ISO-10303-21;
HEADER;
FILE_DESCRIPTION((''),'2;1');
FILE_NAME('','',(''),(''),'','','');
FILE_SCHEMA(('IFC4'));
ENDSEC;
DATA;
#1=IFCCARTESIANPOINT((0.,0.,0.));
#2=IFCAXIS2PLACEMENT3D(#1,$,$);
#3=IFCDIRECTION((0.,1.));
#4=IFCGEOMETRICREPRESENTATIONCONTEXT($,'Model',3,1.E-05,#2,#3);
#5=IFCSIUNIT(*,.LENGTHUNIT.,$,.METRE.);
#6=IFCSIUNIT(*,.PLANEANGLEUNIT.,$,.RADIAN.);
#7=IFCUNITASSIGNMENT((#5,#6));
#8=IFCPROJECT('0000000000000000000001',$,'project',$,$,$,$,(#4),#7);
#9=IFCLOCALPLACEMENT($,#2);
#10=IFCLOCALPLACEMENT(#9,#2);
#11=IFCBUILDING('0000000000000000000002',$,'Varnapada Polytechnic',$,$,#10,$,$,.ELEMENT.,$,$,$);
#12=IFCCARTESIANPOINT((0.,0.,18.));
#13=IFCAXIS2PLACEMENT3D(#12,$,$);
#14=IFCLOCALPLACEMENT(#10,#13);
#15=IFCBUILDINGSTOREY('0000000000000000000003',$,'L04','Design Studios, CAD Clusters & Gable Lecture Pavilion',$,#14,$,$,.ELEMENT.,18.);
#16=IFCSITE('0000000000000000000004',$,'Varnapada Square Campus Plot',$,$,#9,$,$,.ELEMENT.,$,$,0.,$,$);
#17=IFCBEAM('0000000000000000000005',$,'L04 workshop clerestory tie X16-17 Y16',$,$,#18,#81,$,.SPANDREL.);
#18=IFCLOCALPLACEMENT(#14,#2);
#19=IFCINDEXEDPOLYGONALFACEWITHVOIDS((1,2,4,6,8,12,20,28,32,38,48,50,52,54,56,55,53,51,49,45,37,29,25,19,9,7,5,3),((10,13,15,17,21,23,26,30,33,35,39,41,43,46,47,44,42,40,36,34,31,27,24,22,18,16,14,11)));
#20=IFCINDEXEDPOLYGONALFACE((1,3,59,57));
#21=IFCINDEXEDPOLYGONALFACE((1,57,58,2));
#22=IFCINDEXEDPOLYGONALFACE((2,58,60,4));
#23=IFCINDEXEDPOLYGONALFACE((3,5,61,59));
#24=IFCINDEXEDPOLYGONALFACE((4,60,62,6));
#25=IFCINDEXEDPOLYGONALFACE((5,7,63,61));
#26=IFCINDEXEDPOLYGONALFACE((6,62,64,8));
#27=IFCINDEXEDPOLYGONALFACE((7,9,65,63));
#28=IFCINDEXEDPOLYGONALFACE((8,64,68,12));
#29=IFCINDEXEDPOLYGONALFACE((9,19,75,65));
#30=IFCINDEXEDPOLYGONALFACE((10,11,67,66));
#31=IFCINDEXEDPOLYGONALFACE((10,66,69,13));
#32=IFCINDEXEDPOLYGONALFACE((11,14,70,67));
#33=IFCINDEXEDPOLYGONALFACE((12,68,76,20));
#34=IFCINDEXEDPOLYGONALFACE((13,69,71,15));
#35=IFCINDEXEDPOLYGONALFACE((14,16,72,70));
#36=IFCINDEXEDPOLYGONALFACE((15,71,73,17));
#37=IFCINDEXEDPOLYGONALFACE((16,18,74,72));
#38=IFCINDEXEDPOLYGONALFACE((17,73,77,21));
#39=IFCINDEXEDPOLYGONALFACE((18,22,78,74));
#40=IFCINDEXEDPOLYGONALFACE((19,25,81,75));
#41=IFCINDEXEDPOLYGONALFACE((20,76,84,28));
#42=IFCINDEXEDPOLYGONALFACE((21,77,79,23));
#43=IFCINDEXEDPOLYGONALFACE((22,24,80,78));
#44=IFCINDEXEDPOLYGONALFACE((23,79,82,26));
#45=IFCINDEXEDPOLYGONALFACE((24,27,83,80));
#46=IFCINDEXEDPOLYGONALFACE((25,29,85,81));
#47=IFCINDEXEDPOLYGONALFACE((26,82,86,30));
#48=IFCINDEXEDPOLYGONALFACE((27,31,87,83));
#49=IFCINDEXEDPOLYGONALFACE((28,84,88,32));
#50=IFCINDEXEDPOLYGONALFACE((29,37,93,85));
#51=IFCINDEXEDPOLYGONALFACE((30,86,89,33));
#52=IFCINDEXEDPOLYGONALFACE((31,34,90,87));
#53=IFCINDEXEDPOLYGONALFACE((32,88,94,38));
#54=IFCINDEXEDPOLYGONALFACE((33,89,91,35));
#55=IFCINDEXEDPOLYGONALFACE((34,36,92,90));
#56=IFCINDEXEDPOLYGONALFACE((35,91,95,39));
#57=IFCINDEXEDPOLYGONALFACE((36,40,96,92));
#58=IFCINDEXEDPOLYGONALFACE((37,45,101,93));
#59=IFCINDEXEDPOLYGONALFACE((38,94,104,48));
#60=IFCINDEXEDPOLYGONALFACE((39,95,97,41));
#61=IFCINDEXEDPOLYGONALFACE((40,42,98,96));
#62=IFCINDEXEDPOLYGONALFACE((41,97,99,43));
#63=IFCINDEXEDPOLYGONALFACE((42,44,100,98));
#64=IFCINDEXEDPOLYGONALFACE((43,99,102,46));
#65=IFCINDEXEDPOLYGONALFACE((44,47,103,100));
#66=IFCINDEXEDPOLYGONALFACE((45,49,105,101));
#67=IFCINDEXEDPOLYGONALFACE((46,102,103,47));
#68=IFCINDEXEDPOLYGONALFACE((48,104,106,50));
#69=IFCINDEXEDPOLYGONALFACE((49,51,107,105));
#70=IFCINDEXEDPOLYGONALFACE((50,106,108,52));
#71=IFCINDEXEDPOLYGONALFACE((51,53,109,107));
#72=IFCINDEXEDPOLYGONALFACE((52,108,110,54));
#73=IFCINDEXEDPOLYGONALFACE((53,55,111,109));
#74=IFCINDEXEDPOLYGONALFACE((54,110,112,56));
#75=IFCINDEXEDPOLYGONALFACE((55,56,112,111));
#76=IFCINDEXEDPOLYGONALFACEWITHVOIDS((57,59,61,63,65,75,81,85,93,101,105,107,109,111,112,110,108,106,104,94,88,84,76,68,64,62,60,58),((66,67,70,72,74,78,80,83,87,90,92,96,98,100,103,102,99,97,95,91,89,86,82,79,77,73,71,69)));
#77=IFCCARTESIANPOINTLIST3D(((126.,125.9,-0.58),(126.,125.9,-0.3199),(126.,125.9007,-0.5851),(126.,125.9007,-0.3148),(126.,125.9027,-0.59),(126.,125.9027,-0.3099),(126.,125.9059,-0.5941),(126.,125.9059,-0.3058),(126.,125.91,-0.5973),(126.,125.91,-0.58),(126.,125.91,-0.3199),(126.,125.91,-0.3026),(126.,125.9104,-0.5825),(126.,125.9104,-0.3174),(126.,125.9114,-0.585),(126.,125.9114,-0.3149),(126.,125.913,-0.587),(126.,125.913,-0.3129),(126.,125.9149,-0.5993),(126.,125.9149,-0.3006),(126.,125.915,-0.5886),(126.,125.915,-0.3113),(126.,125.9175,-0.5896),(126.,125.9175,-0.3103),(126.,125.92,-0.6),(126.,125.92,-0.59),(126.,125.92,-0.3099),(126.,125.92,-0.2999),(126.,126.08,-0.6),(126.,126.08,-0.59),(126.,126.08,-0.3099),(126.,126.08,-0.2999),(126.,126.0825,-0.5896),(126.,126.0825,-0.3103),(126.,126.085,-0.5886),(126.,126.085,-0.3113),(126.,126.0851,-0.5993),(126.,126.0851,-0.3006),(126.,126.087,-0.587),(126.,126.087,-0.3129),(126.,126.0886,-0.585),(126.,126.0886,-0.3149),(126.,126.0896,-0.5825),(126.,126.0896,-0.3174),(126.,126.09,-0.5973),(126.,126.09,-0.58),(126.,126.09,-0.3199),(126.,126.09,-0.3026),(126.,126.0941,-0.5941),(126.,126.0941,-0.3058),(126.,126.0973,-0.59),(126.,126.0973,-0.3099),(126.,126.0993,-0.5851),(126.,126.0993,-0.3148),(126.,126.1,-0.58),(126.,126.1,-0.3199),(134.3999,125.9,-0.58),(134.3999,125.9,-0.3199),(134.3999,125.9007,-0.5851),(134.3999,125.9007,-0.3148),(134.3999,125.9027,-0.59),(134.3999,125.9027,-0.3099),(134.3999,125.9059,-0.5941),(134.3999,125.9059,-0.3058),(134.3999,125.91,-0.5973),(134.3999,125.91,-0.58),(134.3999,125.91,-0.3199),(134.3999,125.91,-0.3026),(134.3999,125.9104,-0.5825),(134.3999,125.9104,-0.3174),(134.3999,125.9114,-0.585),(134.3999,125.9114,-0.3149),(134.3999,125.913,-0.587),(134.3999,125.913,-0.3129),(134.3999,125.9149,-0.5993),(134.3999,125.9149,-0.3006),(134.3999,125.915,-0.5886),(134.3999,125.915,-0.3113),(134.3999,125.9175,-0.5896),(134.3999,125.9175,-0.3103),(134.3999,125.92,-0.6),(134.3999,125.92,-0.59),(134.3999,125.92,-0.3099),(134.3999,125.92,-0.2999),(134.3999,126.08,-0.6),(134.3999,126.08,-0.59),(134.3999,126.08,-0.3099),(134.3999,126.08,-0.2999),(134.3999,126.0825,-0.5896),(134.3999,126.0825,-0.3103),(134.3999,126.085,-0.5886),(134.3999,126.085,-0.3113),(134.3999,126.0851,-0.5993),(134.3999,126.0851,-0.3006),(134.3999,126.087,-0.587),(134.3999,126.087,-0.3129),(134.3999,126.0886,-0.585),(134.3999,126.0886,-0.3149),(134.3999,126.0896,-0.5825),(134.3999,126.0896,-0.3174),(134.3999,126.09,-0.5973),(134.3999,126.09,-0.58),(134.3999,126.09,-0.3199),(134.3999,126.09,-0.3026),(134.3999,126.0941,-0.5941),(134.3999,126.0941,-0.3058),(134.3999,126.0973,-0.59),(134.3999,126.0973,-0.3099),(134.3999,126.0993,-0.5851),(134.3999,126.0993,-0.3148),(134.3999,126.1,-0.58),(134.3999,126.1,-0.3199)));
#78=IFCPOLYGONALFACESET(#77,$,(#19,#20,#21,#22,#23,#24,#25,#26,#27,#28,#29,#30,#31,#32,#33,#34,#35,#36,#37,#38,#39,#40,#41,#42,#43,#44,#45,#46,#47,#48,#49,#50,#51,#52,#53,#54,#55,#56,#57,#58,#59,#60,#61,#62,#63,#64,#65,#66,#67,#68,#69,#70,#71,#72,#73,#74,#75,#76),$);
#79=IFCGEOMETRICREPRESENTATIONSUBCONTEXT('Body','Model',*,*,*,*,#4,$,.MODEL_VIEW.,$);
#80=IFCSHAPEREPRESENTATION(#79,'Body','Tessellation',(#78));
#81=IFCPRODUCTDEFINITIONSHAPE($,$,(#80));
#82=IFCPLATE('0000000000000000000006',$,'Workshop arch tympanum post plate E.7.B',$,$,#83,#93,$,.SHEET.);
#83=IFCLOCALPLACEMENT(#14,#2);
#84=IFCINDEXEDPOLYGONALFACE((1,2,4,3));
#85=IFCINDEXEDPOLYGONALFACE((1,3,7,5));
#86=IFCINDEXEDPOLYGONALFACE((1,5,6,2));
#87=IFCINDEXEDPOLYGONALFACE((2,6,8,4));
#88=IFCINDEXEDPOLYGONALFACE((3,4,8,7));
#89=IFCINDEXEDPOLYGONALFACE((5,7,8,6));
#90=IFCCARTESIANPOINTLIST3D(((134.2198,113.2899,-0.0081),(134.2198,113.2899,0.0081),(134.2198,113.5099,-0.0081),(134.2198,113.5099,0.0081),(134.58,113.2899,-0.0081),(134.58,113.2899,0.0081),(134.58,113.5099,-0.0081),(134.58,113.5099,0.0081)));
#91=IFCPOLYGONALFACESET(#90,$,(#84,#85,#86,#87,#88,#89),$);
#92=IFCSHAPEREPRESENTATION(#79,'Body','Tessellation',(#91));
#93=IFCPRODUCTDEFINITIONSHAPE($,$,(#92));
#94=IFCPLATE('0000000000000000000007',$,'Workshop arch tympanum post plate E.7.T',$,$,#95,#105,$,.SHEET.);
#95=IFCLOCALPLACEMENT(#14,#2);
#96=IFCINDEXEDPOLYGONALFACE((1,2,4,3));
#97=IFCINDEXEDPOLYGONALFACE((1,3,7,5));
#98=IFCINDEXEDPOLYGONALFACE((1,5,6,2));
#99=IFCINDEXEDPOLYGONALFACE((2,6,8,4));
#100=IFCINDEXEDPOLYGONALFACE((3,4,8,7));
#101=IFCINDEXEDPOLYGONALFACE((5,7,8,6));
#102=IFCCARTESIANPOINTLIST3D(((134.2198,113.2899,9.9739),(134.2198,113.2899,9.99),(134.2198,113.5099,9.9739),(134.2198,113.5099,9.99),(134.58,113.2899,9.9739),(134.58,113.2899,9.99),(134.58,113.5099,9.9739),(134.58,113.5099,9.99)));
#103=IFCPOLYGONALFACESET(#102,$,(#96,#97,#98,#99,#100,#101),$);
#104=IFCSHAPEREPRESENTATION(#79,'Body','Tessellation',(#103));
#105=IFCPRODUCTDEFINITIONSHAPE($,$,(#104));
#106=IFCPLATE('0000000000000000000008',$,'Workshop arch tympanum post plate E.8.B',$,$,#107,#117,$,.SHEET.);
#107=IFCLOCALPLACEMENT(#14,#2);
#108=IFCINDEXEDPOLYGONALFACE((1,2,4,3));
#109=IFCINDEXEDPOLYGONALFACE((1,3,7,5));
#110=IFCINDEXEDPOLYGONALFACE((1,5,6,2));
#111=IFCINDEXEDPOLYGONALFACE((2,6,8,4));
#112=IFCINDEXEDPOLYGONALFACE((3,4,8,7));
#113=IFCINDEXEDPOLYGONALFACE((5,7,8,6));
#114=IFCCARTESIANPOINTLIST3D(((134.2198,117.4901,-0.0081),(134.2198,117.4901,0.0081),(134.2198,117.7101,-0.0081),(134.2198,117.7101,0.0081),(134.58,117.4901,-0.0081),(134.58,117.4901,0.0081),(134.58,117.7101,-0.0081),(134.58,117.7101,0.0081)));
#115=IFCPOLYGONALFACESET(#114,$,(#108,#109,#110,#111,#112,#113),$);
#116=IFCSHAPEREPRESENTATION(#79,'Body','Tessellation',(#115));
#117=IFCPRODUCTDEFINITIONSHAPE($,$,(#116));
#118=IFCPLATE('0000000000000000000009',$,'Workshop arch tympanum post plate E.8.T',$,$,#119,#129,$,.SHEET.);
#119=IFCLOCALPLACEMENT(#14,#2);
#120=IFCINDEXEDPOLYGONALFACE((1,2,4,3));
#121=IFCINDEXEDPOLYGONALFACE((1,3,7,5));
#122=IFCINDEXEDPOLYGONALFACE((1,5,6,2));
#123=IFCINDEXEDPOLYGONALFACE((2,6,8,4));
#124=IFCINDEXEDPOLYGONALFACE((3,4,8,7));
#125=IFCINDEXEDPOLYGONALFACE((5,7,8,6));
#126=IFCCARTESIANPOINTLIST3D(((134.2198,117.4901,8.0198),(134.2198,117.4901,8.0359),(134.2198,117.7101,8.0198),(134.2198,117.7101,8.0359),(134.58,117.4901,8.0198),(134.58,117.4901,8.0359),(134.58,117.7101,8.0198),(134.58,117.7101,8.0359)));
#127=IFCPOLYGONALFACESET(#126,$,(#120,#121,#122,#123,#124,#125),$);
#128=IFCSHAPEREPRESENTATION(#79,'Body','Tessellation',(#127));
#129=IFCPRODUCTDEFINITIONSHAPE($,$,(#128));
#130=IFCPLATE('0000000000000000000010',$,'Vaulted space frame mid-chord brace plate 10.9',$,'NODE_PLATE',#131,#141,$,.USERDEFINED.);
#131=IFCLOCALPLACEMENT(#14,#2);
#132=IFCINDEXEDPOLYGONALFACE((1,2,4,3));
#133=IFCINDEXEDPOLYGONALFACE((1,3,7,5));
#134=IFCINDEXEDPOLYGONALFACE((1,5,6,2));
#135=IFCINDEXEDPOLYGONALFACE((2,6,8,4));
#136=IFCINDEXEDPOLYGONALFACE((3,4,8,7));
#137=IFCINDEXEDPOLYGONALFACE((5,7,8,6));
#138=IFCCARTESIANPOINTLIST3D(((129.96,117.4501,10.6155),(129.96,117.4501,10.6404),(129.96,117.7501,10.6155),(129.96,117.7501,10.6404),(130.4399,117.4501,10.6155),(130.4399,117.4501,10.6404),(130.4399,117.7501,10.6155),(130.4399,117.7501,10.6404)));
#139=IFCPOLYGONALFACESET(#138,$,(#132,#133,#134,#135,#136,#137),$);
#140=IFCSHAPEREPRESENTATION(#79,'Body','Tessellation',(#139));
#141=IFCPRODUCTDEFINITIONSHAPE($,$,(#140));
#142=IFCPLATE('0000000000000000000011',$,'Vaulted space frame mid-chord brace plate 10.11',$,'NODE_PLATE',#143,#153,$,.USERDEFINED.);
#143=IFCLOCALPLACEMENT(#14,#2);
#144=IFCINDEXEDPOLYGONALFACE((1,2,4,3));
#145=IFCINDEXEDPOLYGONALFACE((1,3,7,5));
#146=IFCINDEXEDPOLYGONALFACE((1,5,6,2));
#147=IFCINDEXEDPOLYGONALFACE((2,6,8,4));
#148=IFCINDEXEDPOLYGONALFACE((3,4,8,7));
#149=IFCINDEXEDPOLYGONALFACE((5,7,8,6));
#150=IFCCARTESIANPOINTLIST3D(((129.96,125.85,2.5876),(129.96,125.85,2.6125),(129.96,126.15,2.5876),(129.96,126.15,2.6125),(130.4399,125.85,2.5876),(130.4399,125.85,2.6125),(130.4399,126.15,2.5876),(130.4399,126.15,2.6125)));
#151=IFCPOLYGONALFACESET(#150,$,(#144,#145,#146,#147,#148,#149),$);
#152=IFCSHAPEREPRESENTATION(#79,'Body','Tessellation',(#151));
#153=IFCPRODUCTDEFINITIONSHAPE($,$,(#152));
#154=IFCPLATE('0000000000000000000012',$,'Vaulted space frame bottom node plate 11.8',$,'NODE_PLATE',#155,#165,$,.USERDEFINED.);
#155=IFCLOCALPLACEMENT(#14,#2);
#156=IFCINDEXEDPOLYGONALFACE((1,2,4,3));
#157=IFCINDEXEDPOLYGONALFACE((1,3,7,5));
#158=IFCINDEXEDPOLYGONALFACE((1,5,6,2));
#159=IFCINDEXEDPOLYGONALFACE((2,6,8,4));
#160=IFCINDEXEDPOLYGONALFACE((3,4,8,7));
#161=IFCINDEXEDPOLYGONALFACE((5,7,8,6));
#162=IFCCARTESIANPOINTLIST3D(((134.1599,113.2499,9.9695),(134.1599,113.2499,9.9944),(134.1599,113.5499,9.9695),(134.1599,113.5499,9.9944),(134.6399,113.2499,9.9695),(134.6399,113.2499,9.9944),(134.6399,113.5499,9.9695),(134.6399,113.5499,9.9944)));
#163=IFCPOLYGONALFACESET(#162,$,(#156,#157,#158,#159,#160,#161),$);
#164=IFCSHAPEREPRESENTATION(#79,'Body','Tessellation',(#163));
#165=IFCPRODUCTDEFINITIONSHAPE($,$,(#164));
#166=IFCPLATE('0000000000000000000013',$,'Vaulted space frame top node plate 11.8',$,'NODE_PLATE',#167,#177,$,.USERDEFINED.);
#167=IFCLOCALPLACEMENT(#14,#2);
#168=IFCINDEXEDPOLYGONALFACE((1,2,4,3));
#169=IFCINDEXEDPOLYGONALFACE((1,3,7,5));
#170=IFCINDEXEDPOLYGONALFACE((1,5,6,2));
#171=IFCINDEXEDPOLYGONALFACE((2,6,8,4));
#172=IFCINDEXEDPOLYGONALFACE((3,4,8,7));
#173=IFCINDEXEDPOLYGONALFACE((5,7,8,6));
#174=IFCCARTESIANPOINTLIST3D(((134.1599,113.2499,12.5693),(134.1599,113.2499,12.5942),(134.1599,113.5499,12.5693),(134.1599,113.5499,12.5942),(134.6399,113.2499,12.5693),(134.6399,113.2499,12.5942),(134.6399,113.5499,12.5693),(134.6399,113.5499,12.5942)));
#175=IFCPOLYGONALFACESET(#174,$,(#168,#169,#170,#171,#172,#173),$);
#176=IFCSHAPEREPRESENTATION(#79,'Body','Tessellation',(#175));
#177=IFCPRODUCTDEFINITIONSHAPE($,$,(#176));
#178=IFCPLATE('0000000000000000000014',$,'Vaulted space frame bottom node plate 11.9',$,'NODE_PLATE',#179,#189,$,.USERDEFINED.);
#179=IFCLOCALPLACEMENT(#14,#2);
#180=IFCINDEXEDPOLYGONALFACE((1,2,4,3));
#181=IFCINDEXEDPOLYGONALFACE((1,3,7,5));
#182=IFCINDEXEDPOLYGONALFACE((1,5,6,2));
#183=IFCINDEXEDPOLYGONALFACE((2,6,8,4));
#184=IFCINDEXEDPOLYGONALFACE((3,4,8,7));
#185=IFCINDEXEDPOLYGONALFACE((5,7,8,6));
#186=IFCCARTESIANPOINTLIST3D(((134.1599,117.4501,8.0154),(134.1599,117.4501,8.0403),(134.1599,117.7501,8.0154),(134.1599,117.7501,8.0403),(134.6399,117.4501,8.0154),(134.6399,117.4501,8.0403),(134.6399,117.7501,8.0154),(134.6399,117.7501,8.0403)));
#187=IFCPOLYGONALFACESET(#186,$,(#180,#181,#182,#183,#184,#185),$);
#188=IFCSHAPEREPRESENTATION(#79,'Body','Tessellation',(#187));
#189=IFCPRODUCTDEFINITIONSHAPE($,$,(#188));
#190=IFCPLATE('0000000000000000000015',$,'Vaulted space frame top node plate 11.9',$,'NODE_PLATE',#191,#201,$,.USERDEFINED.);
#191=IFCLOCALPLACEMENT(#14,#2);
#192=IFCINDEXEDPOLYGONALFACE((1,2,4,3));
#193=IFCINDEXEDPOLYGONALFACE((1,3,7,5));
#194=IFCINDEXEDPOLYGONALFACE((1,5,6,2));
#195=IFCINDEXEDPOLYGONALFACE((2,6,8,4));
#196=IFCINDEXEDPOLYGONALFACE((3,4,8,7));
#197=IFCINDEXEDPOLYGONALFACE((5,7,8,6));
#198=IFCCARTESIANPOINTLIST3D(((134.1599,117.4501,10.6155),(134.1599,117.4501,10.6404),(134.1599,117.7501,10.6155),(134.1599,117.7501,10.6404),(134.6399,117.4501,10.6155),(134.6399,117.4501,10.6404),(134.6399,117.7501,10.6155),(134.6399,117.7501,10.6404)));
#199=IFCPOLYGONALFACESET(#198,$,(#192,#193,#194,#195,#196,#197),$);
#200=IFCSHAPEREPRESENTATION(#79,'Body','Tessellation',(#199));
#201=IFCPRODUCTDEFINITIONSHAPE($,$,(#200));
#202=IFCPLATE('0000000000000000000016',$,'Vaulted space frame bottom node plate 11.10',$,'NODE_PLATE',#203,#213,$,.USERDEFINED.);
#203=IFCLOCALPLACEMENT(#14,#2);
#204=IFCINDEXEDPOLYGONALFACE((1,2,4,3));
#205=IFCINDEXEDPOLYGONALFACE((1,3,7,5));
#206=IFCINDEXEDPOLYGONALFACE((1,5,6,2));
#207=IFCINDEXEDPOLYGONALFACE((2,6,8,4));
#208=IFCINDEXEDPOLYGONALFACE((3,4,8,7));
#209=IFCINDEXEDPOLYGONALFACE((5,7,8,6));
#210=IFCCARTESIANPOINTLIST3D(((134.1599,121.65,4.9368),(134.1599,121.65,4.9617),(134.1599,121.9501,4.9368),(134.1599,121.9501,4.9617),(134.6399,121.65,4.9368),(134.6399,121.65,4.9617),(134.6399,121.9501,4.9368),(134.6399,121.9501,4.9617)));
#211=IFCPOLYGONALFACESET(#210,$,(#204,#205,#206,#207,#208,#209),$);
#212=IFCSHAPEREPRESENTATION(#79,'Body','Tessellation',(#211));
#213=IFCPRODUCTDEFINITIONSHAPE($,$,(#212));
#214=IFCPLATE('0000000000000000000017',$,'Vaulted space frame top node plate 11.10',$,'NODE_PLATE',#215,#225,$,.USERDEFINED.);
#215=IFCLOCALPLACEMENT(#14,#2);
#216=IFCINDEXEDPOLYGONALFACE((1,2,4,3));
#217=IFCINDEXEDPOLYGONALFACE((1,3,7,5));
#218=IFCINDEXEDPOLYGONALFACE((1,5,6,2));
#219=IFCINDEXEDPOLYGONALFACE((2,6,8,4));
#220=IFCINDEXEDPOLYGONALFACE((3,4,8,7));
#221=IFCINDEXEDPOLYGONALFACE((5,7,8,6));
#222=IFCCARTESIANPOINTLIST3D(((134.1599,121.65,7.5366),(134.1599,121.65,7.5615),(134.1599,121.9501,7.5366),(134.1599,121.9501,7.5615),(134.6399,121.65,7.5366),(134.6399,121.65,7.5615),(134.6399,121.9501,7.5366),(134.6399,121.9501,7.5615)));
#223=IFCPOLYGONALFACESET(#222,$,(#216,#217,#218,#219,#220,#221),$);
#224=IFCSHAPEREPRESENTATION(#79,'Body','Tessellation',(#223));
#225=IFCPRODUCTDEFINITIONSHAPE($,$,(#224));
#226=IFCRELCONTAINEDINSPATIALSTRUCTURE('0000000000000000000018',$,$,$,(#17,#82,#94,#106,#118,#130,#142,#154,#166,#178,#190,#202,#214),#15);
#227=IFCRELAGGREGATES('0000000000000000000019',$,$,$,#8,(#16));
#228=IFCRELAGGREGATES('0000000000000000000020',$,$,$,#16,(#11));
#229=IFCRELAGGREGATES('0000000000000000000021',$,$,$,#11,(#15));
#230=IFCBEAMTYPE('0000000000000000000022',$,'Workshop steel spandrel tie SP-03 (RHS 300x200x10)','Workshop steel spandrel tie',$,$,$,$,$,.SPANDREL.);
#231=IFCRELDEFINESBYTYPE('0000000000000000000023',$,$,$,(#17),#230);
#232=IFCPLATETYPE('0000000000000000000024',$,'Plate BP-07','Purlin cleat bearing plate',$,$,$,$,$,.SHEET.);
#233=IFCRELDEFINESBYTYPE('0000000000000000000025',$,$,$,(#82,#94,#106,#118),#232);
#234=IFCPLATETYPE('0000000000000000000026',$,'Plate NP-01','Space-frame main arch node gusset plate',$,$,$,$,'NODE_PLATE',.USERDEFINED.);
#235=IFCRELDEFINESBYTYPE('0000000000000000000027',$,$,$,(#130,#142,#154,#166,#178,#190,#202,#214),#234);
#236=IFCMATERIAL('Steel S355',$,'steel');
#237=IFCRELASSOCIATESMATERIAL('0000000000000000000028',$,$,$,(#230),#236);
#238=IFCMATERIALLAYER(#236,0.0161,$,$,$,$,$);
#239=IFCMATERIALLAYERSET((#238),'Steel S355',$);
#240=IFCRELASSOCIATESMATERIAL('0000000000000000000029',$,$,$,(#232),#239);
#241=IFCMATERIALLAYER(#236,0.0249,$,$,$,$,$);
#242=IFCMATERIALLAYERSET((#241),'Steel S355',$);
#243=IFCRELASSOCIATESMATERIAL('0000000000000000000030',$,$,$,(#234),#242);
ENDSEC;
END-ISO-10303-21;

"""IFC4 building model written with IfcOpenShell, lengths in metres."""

from ifc_helpers import new_model, si_unit, direction, frame, origin, origin_2d, place, context, subcontext, project, spatial, rectangle, hollow_rectangle, extrude, material, layer, layer_set, material_profile, profile_set, type_object, element, save


model = new_model("IFC4")

# Units and contexts
model_context = context("Model", 3, precision=1e-05, world=origin(), true_north=direction((0.0, 1.0)))
body_context = subcontext(model_context, "Body", "Model", "MODEL_VIEW")
ifc_project = project(units=[si_unit("LENGTHUNIT", "METRE"), si_unit("PLANEANGLEUNIT", "RADIAN")], contexts=[model_context])

# Site, building, storey
site_placement = place(None, origin())
site = spatial("IfcSite", under=ifc_project, at=site_placement, Name="Varnapada Square Campus Plot", CompositionType="ELEMENT", RefElevation=0.0)
building_placement = place(site_placement, origin())
building = spatial("IfcBuilding", under=site, at=building_placement, Name="Varnapada Polytechnic", CompositionType="ELEMENT")
storey_placement = place(building_placement, frame((0.0, 0.0, 18.0)))
storey = spatial("IfcBuildingStorey", under=building, at=storey_placement, Name="L04", Description="Design Studios, CAD Clusters & Gable Lecture Pavilion", CompositionType="ELEMENT", Elevation=18.0)

# Shared definitions
ifc_material = material(Name="Steel S355", Category="steel")

# Beam
ifc_material_profile_1 = material_profile(ifc_material, hollow_rectangle(XDim=0.2, YDim=0.3, WallThickness=0.01, InnerFilletRadius=0.01, OuterFilletRadius=0.02, at=origin_2d()), Name="RHS 300x200x10")
ifc_profile_set_1 = profile_set([ifc_material_profile_1], Name="Steel S355")
beam_type_1 = type_object("IfcBeamType", Name="Workshop steel spandrel tie SP-03 (RHS 300x200x10)", Description="Workshop steel spandrel tie", PredefinedType="SPANDREL", material=ifc_profile_set_1)
beam_1_placement = place(storey_placement, frame((126.0, 126.0, -0.45), z_axis=(1.0, 0.0, 0.0), x_axis=(0.0, 1.0, 0.0)))
element("IfcBeam", 1, at=beam_1_placement, inside=storey, type_object=beam_type_1, Name="L04 workshop clerestory tie X16-17 Y16", PredefinedType="SPANDREL", context=body_context, shape_type="SweptSolid", body=[
    extrude(hollow_rectangle(XDim=0.2, YDim=0.3, WallThickness=0.01, InnerFilletRadius=0.01, OuterFilletRadius=0.02, at=origin_2d()), origin(), (0.0, 0.0, 1.0), 8.3999),
])

# Plates
ifc_layer_1 = layer(ifc_material, 0.0161)
ifc_layer_set_1 = layer_set([ifc_layer_1], Name="Steel S355")
plate_type_1 = type_object("IfcPlateType", Name="Plate BP-07", Description="Purlin cleat bearing plate", PredefinedType="SHEET", material=ifc_layer_set_1)
for number, where, z_axis, x_axis, name in (
    (2, (134.3999, 113.3999, -0.0081), (0.0, 0.0, 1.0), (1.0, 0.0, 0.0), "Workshop arch tympanum post plate E.7.B"),
    (3, (134.3999, 113.3999, 9.9739), (0.0, 0.0, 1.0), (1.0, 0.0, 0.0), "Workshop arch tympanum post plate E.7.T"),
    (4, (134.3999, 117.6001, -0.0081), (0.0, 0.0, 1.0), (1.0, 0.0, 0.0), "Workshop arch tympanum post plate E.8.B"),
    (5, (134.3999, 117.6001, 8.0198), (0.0, 0.0, 1.0), (1.0, 0.0, 0.0), "Workshop arch tympanum post plate E.8.T"),
):
    element("IfcPlate", number, at=place(storey_placement, frame(where, z_axis=z_axis, x_axis=x_axis)), inside=storey, type_object=plate_type_1, Name=name, PredefinedType="SHEET", context=body_context, shape_type="SweptSolid", body=[
        extrude(rectangle(XDim=0.3601, YDim=0.22, at=origin_2d()), origin(), (0.0, 0.0, 1.0), 0.0161),
    ])
ifc_layer_2 = layer(ifc_material, 0.0249)
ifc_layer_set_2 = layer_set([ifc_layer_2], Name="Steel S355")
plate_type_2 = type_object("IfcPlateType", Name="Plate NP-01", Description="Space-frame main arch node gusset plate", ElementType="NODE_PLATE", PredefinedType="USERDEFINED", material=ifc_layer_set_2)
for number, where, z_axis, x_axis, name in (
    (6, (130.2, 117.6001, 10.6155), (0.0, 0.0, 1.0), (1.0, 0.0, 0.0), "Vaulted space frame mid-chord brace plate 10.9"),
    (7, (130.2, 126.0, 2.5876), (0.0, 0.0, 1.0), (1.0, 0.0, 0.0), "Vaulted space frame mid-chord brace plate 10.11"),
    (8, (134.3999, 113.3999, 9.9695), (0.0, 0.0, 1.0), (1.0, 0.0, 0.0), "Vaulted space frame bottom node plate 11.8"),
    (9, (134.3999, 113.3999, 12.5693), (0.0, 0.0, 1.0), (1.0, 0.0, 0.0), "Vaulted space frame top node plate 11.8"),
    (10, (134.3999, 117.6001, 8.0154), (0.0, 0.0, 1.0), (1.0, 0.0, 0.0), "Vaulted space frame bottom node plate 11.9"),
    (11, (134.3999, 117.6001, 10.6155), (0.0, 0.0, 1.0), (1.0, 0.0, 0.0), "Vaulted space frame top node plate 11.9"),
    (12, (134.3999, 121.8, 4.9368), (0.0, 0.0, 1.0), (1.0, 0.0, 0.0), "Vaulted space frame bottom node plate 11.10"),
    (13, (134.3999, 121.8, 7.5366), (0.0, 0.0, 1.0), (1.0, 0.0, 0.0), "Vaulted space frame top node plate 11.10"),
):
    element("IfcPlate", number, at=place(storey_placement, frame(where, z_axis=z_axis, x_axis=x_axis)), inside=storey, type_object=plate_type_2, Name=name, ObjectType="NODE_PLATE", PredefinedType="USERDEFINED", context=body_context, shape_type="SweptSolid", body=[
        extrude(rectangle(XDim=0.48, YDim=0.3, at=origin_2d()), origin(), (0.0, 0.0, 1.0), 0.0249),
    ])

save(model, "model.ifc")
